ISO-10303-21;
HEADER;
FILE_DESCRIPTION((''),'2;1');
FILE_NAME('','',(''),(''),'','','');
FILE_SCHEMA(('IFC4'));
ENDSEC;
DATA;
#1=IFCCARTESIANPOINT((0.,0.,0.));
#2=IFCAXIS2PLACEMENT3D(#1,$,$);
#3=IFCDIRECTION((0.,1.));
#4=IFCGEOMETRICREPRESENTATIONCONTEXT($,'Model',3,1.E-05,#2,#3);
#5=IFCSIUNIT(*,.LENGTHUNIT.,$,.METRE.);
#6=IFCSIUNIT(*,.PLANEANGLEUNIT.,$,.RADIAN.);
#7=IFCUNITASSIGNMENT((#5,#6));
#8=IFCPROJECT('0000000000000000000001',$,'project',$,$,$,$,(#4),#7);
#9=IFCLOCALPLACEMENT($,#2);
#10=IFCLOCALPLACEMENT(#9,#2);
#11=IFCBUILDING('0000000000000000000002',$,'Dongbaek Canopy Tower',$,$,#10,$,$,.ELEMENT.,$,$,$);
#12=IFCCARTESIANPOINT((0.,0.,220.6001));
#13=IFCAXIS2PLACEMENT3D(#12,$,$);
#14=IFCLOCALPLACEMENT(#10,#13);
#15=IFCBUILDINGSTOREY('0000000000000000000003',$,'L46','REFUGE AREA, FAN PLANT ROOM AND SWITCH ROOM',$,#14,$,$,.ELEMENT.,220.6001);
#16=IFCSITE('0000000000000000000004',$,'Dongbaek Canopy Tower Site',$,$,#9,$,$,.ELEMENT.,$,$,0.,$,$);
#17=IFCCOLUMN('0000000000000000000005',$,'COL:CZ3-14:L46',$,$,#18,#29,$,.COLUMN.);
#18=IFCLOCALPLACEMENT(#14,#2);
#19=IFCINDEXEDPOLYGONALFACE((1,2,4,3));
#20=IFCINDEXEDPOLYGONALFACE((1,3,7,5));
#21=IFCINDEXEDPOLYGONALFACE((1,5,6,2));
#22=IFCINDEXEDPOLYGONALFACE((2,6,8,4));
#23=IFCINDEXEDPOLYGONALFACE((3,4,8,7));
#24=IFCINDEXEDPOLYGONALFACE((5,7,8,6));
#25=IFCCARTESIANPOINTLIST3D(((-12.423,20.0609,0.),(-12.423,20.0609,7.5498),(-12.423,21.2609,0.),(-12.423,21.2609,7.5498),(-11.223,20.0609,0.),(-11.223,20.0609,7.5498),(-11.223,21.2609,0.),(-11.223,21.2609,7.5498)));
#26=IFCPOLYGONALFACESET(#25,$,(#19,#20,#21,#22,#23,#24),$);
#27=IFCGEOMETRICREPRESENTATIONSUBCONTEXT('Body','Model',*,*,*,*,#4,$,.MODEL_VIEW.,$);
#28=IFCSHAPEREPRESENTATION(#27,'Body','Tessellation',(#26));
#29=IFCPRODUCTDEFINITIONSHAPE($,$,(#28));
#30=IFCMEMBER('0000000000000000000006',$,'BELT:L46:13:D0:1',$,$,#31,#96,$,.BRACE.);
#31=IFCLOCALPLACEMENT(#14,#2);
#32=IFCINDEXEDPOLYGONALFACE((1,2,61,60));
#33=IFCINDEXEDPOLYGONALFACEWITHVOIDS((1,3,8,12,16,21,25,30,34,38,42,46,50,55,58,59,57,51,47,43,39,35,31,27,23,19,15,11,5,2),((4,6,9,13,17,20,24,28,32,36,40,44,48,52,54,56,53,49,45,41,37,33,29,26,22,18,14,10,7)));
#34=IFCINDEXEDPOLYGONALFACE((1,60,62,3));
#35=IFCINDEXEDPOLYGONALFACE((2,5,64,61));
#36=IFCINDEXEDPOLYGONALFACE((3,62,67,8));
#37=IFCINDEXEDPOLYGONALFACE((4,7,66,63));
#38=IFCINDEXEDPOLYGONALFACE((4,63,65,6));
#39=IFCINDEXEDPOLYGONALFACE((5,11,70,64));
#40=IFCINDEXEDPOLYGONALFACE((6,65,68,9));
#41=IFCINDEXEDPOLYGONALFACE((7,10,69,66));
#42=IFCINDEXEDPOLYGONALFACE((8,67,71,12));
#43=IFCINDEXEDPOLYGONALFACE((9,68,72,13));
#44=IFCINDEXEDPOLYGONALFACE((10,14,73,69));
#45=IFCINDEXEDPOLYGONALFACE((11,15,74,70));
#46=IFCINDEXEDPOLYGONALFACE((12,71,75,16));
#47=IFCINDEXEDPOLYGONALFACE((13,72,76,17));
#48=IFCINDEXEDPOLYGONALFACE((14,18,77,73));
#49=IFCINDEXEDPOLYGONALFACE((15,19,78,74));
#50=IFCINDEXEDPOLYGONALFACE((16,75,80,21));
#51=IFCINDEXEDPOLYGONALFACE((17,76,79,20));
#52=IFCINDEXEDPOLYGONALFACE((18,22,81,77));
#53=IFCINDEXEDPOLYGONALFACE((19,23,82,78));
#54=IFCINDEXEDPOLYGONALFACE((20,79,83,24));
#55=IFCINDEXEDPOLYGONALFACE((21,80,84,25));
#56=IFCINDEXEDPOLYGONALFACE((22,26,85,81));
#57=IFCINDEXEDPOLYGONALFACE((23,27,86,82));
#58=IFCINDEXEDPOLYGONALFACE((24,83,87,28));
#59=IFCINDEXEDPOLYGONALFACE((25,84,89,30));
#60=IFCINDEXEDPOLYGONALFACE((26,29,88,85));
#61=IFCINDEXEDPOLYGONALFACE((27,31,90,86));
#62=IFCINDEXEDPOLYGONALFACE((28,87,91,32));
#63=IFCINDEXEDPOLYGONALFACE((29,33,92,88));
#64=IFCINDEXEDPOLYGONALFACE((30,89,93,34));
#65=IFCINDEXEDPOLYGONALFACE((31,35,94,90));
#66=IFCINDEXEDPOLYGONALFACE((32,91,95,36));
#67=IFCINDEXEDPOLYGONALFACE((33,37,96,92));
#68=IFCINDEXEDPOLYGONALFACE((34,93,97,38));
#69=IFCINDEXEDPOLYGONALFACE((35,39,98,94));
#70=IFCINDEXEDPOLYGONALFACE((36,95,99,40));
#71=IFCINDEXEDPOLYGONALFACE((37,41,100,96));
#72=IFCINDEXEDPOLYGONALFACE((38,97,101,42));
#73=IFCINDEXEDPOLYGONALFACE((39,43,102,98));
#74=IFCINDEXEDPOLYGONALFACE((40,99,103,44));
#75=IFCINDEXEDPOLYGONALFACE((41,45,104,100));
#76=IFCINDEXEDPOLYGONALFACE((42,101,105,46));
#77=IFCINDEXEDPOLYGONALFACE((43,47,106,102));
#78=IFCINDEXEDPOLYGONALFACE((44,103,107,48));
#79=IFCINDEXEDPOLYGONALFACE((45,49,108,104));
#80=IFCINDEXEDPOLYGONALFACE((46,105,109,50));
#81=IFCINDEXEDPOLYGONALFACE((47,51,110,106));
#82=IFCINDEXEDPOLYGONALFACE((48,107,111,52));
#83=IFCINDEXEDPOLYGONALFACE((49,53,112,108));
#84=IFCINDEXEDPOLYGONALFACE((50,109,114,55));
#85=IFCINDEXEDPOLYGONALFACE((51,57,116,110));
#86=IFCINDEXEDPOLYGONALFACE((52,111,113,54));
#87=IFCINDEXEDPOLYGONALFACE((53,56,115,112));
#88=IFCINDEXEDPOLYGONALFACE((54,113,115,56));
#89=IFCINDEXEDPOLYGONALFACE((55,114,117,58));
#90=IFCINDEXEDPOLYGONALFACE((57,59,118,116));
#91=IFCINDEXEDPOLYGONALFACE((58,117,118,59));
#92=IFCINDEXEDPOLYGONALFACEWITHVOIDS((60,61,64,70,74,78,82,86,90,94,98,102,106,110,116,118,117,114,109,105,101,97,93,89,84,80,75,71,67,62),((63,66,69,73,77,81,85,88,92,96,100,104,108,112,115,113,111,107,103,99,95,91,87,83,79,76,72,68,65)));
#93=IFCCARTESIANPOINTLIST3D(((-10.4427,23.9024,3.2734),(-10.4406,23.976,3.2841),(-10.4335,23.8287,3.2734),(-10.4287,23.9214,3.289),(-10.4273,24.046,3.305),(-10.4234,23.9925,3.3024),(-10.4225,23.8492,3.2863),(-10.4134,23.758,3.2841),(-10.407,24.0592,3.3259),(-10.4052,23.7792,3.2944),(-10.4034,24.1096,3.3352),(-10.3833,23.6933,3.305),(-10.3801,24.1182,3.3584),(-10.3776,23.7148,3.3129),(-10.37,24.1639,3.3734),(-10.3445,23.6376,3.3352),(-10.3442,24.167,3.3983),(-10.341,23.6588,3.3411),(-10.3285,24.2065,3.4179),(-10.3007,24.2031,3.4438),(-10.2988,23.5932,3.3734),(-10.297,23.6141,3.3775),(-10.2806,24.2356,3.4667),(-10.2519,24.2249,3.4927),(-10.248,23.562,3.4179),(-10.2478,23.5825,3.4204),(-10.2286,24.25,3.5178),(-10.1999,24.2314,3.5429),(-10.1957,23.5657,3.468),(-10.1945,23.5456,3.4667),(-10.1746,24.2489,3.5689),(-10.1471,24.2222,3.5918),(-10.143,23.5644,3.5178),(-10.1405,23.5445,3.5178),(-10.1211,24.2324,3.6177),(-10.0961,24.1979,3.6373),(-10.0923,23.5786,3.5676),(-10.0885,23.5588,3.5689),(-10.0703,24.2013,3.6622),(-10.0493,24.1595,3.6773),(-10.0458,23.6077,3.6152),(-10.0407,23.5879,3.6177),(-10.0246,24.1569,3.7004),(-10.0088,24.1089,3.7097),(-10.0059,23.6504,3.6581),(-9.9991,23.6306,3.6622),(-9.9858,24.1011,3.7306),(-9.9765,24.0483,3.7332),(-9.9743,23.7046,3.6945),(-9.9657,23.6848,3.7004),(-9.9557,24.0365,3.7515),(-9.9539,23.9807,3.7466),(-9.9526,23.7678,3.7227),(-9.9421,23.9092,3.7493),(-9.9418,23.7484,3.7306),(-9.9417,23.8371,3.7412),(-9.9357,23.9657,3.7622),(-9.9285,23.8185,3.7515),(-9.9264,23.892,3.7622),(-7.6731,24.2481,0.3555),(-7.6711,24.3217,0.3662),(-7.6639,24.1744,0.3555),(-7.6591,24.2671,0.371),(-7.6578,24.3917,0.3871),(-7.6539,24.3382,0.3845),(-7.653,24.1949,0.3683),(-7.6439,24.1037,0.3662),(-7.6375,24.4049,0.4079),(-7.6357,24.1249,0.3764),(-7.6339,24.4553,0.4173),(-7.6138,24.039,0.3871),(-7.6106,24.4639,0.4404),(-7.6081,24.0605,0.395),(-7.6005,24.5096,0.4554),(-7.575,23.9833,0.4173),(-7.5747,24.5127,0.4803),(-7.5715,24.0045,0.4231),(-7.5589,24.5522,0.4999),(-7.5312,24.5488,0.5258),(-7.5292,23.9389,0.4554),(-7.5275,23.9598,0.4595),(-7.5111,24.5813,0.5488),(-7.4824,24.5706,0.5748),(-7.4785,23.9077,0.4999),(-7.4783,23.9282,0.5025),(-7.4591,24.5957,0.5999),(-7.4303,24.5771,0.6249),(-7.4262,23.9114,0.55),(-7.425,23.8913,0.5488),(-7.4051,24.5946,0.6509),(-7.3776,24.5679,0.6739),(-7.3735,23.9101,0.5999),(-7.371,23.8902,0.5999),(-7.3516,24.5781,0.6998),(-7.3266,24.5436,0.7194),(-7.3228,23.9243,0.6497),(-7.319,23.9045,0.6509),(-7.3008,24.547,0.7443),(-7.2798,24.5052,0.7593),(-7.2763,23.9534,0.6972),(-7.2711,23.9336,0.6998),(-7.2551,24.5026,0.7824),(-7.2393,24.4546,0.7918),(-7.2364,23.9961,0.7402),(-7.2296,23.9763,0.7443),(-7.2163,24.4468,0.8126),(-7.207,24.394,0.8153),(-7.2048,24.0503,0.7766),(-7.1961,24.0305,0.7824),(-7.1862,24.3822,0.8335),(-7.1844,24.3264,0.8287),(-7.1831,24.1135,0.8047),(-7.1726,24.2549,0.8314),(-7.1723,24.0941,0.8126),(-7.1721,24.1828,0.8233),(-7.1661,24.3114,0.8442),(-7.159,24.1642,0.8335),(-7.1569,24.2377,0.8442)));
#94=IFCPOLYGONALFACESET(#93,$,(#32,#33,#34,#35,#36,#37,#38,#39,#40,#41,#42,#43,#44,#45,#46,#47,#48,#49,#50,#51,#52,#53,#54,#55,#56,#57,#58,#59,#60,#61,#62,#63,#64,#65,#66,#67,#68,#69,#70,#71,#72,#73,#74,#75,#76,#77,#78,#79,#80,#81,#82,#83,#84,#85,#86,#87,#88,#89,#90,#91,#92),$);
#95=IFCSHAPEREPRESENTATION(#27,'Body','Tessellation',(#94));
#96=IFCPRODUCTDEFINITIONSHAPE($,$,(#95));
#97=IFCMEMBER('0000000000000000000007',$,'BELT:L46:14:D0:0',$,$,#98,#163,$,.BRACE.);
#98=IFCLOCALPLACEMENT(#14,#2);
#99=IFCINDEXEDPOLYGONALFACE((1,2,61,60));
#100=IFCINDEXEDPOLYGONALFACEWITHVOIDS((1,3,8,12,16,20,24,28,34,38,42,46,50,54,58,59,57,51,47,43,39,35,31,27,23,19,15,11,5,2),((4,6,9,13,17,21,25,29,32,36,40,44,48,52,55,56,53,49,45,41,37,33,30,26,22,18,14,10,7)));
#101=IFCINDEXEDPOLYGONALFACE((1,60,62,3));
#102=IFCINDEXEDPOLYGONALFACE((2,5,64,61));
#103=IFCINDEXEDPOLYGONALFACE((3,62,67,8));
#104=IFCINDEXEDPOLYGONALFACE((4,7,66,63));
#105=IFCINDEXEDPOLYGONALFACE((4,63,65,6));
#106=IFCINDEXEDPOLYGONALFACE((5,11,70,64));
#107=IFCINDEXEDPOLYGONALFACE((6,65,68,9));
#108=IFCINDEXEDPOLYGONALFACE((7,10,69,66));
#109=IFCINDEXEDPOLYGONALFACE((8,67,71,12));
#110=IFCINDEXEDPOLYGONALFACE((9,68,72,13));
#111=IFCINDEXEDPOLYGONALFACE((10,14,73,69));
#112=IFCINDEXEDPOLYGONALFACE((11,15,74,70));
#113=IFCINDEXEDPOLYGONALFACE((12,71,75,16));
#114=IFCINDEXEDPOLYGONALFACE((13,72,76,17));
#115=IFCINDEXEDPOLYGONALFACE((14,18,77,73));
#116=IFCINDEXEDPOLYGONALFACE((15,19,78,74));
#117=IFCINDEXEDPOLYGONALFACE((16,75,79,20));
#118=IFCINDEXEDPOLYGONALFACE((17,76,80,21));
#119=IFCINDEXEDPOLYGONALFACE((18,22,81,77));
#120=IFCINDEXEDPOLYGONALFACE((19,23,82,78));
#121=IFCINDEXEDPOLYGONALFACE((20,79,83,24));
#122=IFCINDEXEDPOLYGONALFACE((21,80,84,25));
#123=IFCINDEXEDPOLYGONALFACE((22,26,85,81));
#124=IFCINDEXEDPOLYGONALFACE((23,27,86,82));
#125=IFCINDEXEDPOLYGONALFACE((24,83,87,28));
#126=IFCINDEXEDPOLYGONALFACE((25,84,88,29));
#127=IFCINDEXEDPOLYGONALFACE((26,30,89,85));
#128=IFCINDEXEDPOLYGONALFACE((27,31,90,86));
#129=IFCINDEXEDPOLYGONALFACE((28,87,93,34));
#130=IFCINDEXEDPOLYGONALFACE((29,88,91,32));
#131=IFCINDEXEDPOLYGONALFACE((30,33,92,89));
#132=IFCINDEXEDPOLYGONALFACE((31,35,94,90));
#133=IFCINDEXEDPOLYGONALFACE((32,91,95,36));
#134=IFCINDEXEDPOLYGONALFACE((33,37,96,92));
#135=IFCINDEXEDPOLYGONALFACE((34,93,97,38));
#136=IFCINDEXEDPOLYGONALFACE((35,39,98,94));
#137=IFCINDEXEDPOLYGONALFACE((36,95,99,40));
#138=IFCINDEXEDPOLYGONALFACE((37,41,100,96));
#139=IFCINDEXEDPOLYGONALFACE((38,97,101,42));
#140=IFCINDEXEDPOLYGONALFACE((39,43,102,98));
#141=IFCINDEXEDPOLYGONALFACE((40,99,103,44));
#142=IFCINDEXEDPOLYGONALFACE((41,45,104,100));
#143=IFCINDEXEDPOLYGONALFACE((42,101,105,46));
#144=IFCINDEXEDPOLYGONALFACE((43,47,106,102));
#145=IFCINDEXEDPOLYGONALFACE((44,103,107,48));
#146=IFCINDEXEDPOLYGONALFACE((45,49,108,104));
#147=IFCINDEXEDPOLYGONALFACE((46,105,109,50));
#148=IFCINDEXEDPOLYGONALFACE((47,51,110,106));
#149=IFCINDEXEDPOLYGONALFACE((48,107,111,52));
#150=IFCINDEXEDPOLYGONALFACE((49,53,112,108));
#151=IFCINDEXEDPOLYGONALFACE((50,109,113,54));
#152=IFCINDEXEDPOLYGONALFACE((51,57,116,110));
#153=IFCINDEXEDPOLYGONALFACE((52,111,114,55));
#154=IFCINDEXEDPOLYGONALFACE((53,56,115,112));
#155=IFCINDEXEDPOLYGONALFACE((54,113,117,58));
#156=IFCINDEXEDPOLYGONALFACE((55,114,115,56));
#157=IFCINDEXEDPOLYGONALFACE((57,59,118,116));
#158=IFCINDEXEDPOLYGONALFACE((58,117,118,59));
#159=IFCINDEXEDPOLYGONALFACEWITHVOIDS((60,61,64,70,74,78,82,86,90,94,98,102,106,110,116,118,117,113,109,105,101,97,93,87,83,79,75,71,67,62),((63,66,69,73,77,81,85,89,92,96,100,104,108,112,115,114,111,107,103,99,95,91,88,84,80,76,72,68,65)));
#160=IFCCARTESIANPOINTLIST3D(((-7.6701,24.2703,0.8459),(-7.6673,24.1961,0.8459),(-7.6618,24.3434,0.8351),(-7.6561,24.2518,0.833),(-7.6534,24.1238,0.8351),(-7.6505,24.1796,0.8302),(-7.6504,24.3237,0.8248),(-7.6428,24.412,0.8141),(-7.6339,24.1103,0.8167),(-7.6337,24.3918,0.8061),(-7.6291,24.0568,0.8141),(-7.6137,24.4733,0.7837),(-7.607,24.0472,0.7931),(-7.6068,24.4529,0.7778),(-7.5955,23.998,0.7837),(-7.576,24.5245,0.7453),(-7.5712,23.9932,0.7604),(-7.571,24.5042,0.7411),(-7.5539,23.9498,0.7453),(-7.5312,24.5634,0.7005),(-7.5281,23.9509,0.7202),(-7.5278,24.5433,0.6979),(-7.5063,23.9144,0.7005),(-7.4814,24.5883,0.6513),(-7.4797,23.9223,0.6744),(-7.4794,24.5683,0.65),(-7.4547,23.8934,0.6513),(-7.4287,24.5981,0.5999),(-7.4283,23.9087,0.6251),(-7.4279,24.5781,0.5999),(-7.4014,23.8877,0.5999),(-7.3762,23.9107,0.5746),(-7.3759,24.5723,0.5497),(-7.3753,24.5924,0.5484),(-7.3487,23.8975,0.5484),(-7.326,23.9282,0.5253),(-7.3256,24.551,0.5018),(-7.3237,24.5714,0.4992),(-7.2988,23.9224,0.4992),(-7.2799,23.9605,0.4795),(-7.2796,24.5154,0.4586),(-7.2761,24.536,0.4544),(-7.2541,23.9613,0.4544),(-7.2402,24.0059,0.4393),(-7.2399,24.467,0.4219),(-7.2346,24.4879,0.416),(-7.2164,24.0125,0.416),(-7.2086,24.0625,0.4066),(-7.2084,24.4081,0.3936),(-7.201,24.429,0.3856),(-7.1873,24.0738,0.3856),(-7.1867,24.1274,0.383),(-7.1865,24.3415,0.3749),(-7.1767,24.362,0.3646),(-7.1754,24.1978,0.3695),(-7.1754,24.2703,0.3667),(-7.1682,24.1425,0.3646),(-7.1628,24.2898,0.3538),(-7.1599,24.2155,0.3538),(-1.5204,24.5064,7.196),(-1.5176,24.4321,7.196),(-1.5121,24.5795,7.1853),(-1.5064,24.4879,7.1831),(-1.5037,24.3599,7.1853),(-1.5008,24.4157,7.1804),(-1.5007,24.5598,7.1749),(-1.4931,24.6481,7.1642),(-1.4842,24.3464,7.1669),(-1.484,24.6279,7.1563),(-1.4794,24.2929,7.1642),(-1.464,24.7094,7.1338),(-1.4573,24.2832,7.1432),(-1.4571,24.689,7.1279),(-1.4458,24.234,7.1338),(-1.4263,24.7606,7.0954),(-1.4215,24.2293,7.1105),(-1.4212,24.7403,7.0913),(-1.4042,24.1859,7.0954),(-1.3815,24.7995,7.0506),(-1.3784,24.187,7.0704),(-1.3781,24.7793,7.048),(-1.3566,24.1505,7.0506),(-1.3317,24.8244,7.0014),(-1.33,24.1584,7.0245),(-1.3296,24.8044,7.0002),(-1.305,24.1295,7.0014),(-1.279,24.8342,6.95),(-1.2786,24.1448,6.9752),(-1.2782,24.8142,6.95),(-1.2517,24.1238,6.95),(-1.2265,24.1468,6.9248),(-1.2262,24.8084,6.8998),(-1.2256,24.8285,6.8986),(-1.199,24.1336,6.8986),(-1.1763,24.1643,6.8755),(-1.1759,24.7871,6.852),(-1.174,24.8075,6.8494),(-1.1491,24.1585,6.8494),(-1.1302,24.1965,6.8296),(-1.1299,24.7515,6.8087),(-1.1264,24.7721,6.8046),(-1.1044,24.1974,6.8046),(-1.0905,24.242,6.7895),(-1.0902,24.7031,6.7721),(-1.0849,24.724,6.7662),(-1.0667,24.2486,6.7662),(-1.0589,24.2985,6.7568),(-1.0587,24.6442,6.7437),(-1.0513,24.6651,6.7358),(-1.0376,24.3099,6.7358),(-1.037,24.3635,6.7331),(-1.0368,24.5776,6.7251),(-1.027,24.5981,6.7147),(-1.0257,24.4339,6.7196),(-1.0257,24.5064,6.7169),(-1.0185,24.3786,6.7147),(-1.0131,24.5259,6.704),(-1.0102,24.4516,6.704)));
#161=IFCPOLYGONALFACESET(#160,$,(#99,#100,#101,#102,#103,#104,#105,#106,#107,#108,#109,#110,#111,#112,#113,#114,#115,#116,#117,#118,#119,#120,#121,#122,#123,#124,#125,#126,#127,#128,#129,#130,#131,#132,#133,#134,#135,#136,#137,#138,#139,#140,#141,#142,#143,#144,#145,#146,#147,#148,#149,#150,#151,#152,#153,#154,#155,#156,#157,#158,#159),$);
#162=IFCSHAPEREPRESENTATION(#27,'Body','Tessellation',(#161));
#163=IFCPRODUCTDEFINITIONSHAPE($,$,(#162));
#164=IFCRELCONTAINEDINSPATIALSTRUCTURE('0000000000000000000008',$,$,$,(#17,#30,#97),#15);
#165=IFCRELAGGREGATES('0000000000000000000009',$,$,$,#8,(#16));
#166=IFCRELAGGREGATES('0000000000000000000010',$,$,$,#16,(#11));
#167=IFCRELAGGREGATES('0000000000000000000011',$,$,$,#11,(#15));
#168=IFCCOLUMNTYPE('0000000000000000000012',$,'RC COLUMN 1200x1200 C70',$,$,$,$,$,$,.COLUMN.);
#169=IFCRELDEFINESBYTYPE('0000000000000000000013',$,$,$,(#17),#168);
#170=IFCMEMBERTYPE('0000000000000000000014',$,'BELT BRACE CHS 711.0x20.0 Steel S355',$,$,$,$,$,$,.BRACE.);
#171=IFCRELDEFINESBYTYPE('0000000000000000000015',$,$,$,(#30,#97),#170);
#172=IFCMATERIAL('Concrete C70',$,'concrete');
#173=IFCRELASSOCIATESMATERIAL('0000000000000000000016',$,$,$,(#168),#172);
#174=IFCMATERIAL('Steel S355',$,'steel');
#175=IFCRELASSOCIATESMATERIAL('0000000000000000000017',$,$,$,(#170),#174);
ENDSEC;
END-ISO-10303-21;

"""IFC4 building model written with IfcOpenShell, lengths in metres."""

from ifc_helpers import new_model, si_unit, direction, frame, origin, origin_2d, place, context, subcontext, project, spatial, rectangle, hollow_circle, extrude, material, material_profile, profile_set, type_object, element, save


model = new_model("IFC4")

# Units and contexts
model_context = context("Model", 3, precision=1e-05, world=origin(), true_north=direction((0.0, 1.0)))
body_context = subcontext(model_context, "Body", "Model", "MODEL_VIEW")
ifc_project = project(units=[si_unit("LENGTHUNIT", "METRE"), si_unit("PLANEANGLEUNIT", "RADIAN")], contexts=[model_context])

# Site, building, storey
site_placement = place(None, origin())
site = spatial("IfcSite", under=ifc_project, at=site_placement, Name="Dongbaek Canopy Tower Site", CompositionType="ELEMENT", RefElevation=0.0)
building_placement = place(site_placement, origin())
building = spatial("IfcBuilding", under=site, at=building_placement, Name="Dongbaek Canopy Tower", CompositionType="ELEMENT")
storey_placement = place(building_placement, frame((0.0, 0.0, 220.6001)))
storey = spatial("IfcBuildingStorey", under=building, at=storey_placement, Name="L46", Description="REFUGE AREA, FAN PLANT ROOM AND SWITCH ROOM", CompositionType="ELEMENT", Elevation=220.6001)

# Column
ifc_material_1 = material(Name="Concrete C70", Category="concrete")
ifc_material_profile_1 = material_profile(ifc_material_1, rectangle(XDim=1.2, YDim=1.2, at=origin_2d()), Name="RC COLUMN 1200x1200 C70")
ifc_profile_set_1 = profile_set([ifc_material_profile_1], Name="Concrete C70")
column_type = type_object("IfcColumnType", Name="RC COLUMN 1200x1200 C70", PredefinedType="COLUMN", material=ifc_profile_set_1)
column_placement = place(storey_placement, frame((-11.823, 20.6609, 0.0), z_axis=(0.0, 0.0, 1.0), x_axis=(1.0, 0.0, 0.0)))
element("IfcColumn", 1, at=column_placement, inside=storey, type_object=column_type, Name="COL:CZ3-14:L46", PredefinedType="COLUMN", context=body_context, shape_type="SweptSolid", body=[
    extrude(rectangle(XDim=1.2, YDim=1.2, at=origin_2d()), origin(), (0.0, 0.0, 1.0), 7.5498),
])

# Members
ifc_material_2 = material(Name="Steel S355", Category="steel")
ifc_material_profile_2 = material_profile(ifc_material_2, hollow_circle(Radius=0.3555, WallThickness=0.02, at=origin_2d()), Name="BELT BRACE CHS 711.0x20.0 Steel S355")
ifc_profile_set_2 = profile_set([ifc_material_profile_2], Name="Steel S355")
member_type_1 = type_object("IfcMemberType", Name="BELT BRACE CHS 711.0x20.0 Steel S355", PredefinedType="BRACE", material=ifc_profile_set_2)
member_1_placement = place(storey_placement, frame((-7.415, 24.2429, 0.5999), z_axis=(-0.68589, -0.085615, 0.722651), x_axis=(0.123862, -0.992299, 0.0)))
element("IfcMember", 2, at=member_1_placement, inside=storey, type_object=member_type_1, Name="BELT:L46:13:D0:1", PredefinedType="BRACE", context=body_context, shape_type="SweptSolid", body=[
    extrude(hollow_circle(Radius=0.3555, WallThickness=0.02, at=origin_2d()), origin(), (0.0, 0.0, 1.0), 4.0378),
])
member_2_placement = place(storey_placement, frame((-7.415, 24.2429, 0.5999), z_axis=(0.695431, 0.026697, 0.718097), x_axis=(-0.038362, 0.999264, 0.0)))
element("IfcMember", 3, at=member_2_placement, inside=storey, type_object=member_type_1, Name="BELT:L46:14:D0:0", PredefinedType="BRACE", context=body_context, shape_type="SweptSolid", body=[
    extrude(hollow_circle(Radius=0.3555, WallThickness=0.02, at=origin_2d()), origin(), (0.0, 0.0, 1.0), 8.843),
])

save(model, "model.ifc")
